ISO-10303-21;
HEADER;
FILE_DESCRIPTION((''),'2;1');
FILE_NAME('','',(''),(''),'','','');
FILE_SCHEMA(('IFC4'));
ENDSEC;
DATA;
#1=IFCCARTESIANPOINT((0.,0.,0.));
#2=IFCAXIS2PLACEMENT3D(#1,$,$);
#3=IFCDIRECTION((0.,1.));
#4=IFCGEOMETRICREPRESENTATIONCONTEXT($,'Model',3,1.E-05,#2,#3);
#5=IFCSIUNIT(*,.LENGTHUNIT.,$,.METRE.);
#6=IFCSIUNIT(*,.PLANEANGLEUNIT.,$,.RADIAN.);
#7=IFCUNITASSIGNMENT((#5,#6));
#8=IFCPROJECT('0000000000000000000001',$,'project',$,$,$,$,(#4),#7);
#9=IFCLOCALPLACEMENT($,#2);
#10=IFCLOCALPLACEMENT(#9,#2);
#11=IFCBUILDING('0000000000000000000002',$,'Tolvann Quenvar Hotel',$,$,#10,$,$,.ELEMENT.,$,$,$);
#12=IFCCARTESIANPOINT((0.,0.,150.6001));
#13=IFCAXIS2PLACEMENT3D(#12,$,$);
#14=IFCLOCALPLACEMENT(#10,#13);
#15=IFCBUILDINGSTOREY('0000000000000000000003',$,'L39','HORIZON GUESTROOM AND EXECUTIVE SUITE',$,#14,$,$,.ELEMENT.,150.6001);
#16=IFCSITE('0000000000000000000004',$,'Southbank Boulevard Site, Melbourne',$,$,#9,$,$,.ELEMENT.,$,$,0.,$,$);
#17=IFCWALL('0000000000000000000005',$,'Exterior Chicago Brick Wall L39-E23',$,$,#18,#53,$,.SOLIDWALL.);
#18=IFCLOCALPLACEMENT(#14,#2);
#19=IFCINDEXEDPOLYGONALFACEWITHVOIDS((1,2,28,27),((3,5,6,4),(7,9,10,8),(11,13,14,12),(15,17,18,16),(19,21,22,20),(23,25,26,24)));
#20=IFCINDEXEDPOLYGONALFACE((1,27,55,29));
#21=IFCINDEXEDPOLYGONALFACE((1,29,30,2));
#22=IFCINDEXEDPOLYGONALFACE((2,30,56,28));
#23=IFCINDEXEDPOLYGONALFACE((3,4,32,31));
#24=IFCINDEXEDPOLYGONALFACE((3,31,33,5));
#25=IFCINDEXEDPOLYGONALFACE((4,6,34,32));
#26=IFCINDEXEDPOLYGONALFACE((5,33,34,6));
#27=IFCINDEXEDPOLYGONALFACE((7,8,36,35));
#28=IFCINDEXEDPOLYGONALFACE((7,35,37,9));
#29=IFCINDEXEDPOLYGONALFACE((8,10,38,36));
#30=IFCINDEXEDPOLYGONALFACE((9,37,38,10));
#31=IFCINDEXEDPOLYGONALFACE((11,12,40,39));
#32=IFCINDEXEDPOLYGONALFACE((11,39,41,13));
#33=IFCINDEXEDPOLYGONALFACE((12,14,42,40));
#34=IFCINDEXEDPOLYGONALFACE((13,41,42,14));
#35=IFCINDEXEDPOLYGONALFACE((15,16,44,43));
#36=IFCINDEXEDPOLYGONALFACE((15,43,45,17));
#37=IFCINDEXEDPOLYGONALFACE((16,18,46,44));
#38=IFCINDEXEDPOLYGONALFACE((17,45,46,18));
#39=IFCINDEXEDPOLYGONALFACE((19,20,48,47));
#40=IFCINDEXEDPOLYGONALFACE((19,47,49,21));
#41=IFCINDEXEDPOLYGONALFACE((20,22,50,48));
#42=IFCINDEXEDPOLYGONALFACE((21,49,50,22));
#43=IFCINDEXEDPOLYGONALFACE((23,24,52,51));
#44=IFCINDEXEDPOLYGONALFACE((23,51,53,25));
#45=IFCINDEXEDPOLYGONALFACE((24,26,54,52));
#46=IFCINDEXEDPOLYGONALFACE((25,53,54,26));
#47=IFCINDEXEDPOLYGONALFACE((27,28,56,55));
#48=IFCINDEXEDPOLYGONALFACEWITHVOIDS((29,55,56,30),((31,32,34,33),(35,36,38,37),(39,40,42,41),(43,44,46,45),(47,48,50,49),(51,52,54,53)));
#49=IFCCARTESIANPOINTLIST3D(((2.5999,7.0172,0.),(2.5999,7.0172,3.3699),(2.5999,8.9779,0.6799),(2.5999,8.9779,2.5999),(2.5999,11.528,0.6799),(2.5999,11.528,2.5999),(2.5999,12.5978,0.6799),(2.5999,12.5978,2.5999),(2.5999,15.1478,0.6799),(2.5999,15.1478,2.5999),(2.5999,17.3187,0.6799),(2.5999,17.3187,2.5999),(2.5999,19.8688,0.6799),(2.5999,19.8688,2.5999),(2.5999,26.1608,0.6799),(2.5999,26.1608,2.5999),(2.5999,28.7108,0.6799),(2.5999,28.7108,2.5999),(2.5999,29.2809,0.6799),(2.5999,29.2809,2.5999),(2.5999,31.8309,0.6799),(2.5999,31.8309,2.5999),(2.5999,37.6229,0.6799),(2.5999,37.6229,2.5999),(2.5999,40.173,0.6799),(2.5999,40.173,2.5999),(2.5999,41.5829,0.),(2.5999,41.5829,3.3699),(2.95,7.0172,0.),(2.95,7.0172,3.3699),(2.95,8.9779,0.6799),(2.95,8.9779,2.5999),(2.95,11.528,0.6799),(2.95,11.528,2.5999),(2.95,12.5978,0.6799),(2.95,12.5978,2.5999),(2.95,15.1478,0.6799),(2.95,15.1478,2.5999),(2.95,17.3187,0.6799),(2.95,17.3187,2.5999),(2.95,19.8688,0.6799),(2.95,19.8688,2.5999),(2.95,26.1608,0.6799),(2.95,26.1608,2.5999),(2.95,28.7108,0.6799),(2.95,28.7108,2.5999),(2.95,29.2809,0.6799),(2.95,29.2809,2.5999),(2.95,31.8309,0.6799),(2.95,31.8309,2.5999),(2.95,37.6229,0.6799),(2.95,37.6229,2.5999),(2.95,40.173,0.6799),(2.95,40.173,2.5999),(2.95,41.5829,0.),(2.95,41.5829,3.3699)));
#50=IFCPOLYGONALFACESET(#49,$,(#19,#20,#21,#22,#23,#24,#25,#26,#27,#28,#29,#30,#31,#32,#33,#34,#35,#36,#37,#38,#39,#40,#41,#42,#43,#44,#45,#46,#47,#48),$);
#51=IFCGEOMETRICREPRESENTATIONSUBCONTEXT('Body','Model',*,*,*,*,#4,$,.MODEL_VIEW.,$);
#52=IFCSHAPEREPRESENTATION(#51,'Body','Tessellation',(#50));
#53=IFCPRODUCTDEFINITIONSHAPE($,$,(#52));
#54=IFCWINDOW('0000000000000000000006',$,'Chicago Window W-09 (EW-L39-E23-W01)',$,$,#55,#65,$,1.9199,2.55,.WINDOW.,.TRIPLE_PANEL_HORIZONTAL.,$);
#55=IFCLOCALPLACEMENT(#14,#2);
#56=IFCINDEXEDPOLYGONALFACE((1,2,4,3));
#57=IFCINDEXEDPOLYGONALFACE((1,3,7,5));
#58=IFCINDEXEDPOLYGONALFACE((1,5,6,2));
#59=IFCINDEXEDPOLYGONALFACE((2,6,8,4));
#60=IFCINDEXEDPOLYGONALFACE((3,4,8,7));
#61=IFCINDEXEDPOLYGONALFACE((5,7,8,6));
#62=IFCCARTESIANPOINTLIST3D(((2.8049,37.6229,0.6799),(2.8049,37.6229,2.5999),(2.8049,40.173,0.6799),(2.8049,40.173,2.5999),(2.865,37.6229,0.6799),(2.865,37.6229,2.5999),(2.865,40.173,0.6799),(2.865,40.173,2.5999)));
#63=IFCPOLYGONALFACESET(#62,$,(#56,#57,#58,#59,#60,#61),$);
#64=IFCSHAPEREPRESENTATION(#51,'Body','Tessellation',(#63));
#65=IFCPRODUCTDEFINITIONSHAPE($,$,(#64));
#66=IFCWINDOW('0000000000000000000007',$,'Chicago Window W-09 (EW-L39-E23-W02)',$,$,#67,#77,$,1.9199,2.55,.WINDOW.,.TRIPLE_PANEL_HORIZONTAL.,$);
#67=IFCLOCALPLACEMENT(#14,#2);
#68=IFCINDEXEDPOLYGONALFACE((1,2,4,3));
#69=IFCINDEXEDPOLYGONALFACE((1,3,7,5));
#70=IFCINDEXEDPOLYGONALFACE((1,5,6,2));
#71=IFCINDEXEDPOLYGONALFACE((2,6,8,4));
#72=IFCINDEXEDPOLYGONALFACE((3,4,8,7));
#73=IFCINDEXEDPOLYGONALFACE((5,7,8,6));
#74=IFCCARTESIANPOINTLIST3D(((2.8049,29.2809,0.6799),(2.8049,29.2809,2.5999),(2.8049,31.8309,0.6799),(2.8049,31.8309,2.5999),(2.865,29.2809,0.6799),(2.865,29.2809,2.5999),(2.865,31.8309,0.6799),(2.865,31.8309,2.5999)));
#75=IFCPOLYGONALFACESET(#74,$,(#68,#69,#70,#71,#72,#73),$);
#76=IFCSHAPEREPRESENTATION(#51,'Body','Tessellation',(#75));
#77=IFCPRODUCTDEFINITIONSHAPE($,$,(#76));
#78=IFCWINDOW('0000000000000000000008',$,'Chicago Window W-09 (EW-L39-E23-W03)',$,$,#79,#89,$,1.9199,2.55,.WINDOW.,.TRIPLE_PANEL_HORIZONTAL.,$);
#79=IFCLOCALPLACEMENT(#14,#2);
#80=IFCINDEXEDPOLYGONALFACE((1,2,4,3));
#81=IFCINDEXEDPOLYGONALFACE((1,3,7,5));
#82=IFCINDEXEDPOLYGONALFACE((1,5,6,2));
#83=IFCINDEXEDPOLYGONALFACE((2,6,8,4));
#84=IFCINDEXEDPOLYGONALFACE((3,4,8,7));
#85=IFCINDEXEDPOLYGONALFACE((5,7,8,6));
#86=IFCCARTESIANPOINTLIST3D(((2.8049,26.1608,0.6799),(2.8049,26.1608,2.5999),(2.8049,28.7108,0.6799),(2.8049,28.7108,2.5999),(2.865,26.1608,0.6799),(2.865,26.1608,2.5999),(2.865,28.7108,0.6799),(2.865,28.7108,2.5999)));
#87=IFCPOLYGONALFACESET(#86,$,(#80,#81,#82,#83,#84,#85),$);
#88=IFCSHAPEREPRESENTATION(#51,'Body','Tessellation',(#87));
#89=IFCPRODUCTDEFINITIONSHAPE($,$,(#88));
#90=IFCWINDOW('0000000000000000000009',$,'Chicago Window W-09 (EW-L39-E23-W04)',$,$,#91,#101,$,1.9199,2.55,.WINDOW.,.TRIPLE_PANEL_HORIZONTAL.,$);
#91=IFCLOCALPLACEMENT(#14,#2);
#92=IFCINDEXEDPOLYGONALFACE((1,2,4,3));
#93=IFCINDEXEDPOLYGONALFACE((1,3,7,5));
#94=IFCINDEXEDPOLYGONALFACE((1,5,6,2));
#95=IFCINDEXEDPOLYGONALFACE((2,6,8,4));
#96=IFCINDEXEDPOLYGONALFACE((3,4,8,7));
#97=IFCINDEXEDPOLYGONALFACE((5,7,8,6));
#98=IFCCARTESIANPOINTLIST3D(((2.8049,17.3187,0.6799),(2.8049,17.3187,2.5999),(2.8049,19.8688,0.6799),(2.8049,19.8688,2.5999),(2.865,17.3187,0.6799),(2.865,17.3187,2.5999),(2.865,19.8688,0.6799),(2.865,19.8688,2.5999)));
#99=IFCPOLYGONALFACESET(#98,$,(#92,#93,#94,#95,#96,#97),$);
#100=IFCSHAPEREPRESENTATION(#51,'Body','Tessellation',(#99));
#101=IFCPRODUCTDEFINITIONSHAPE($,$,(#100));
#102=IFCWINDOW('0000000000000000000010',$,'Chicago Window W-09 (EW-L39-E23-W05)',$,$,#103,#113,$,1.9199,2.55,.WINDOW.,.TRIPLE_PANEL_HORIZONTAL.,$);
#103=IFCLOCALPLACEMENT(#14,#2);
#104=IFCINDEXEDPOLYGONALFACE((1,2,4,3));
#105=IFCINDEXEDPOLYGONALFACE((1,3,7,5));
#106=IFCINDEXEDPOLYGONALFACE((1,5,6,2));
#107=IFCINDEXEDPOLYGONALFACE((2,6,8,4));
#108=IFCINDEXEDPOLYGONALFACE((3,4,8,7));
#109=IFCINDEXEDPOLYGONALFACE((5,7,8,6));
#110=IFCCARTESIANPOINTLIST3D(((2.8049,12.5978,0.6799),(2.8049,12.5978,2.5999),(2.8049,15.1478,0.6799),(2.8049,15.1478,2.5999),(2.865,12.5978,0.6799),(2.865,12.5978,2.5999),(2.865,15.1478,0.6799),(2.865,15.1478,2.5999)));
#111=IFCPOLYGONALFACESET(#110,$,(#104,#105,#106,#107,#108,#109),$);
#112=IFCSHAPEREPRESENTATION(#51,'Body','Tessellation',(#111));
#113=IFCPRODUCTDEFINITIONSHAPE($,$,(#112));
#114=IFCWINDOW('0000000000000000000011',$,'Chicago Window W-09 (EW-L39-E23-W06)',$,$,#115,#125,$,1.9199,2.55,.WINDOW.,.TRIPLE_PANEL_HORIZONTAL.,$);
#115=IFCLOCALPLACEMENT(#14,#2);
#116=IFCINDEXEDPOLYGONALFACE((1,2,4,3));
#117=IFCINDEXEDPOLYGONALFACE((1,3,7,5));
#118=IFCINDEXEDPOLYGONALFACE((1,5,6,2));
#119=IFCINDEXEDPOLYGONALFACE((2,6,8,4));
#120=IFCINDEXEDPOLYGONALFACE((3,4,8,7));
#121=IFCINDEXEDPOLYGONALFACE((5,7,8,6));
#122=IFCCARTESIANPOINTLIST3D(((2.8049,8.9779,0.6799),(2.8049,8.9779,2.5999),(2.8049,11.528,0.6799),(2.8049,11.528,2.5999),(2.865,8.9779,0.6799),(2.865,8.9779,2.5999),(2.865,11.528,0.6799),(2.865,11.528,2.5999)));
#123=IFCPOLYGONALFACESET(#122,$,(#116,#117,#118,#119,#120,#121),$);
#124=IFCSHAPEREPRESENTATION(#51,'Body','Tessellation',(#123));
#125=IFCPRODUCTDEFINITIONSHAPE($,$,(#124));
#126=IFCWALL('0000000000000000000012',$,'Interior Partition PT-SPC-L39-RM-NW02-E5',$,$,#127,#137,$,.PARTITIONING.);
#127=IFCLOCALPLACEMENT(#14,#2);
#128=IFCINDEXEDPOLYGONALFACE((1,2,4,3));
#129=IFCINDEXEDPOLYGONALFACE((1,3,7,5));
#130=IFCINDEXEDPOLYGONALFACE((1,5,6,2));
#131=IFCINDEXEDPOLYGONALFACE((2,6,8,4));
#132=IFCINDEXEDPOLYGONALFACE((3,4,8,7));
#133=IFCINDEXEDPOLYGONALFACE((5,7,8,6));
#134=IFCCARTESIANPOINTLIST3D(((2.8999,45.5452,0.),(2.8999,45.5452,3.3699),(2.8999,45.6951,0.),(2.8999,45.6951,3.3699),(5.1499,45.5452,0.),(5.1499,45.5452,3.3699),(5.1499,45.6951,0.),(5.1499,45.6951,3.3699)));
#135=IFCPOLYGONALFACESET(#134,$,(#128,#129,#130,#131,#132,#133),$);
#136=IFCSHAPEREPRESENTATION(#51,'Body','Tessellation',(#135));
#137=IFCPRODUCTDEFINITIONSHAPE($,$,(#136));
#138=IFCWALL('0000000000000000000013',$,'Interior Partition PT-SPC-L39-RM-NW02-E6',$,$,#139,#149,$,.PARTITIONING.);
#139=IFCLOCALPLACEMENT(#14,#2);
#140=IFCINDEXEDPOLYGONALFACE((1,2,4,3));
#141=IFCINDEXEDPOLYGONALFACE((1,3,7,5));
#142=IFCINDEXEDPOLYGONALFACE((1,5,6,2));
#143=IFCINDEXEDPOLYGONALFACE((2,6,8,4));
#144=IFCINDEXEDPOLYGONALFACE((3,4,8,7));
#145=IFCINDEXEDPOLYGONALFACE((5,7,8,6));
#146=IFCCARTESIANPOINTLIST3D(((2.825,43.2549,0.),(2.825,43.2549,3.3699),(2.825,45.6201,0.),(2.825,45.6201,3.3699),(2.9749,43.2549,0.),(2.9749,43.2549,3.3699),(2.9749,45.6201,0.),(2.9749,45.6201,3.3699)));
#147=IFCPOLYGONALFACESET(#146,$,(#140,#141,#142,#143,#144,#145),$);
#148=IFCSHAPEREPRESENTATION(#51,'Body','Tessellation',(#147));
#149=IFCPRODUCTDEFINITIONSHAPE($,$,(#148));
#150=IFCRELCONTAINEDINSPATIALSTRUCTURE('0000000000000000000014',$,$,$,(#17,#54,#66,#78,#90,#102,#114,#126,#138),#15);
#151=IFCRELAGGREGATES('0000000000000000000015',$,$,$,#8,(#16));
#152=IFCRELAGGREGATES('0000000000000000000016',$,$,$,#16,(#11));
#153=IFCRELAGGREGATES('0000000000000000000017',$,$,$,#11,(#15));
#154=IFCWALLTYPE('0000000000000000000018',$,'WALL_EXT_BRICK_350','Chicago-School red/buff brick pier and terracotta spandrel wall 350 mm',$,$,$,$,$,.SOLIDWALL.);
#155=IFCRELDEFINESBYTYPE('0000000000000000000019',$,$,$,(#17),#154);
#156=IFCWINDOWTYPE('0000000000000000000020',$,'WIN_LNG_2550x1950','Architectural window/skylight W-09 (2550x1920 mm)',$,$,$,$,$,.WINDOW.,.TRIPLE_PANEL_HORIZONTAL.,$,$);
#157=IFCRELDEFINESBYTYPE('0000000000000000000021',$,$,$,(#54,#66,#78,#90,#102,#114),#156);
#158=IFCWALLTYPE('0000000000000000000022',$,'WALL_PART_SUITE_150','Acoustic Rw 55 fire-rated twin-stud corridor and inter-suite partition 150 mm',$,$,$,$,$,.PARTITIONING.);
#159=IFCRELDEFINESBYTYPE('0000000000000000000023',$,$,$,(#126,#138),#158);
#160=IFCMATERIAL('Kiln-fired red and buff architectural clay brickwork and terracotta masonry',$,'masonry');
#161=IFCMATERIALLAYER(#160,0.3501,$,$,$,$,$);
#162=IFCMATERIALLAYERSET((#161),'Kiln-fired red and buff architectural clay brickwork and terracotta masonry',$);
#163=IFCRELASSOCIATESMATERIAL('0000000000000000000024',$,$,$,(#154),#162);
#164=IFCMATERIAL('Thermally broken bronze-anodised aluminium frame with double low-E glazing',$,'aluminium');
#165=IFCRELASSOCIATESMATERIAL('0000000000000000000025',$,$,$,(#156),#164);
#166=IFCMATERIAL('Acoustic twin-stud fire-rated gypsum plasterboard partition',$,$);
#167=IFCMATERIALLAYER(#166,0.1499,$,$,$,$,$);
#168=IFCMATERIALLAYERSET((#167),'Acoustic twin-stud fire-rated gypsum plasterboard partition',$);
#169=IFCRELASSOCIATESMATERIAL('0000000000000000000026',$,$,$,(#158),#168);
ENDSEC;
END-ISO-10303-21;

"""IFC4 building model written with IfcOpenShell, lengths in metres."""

from ifc_helpers import new_model, si_unit, direction, frame, frame_2d, origin, place, context, subcontext, project, spatial, rectangle, extrude, source, transform, mapped, material, layer, layer_set, type_object, type_shapes, element, fill, save


model = new_model("IFC4")

# Units and contexts
model_context = context("Model", 3, precision=1e-05, world=origin(), true_north=direction((0.0, 1.0)))
body_context = subcontext(model_context, "Body", "Model", "MODEL_VIEW")
ifc_project = project(units=[si_unit("LENGTHUNIT", "METRE"), si_unit("PLANEANGLEUNIT", "RADIAN")], contexts=[model_context])

# Site, building, storey
site_placement = place(None, origin())
site = spatial("IfcSite", under=ifc_project, at=site_placement, Name="Southbank Boulevard Site, Melbourne", CompositionType="ELEMENT", RefElevation=0.0)
building_placement = place(site_placement, origin())
building = spatial("IfcBuilding", under=site, at=building_placement, Name="Tolvann Quenvar Hotel", CompositionType="ELEMENT")
storey_placement = place(building_placement, frame((0.0, 0.0, 150.6001)))
storey = spatial("IfcBuildingStorey", under=building, at=storey_placement, Name="L39", Description="HORIZON GUESTROOM AND EXECUTIVE SUITE", CompositionType="ELEMENT", Elevation=150.6001)

# Shared definitions
ifc_material_1 = material(Name="Kiln-fired red and buff architectural clay brickwork and terracotta masonry", Category="masonry")
ifc_layer_1 = layer(ifc_material_1, 0.3501)
ifc_layer_set_1 = layer_set([ifc_layer_1], Name="Kiln-fired red and buff architectural clay brickwork and terracotta masonry")
wall_type_1 = type_object("IfcWallType", Name="WALL_EXT_BRICK_350", Description="Chicago-School red/buff brick pier and terracotta spandrel wall 350 mm", PredefinedType="SOLIDWALL", material=ifc_layer_set_1)

# Wall, openings, windows
wall_1_placement = place(storey_placement, frame((2.7749, 41.5828, 0.0), z_axis=(0.0, 0.0, 1.0), x_axis=(0.0, -1.0, 0.0)))
wall_1 = element("IfcWall", 1, at=wall_1_placement, inside=storey, type_object=wall_type_1, Name="Exterior Chicago Brick Wall L39-E23", PredefinedType="SOLIDWALL", context=body_context, shape_type="SweptSolid", body=[
    extrude(rectangle(XDim=34.5657, YDim=0.3501, at=frame_2d((17.2827, 0.0))), origin(), (0.0, 0.0, 1.0), 3.3699),
])
opening_1_placement = place(wall_1_placement, frame((1.4099, 0.0, 0.6799)))
opening_1 = element("IfcOpeningElement", 2, at=opening_1_placement, cuts=wall_1, PredefinedType="OPENING", context=body_context, shape_type="SweptSolid", body=[
    extrude(rectangle(XDim=2.55, YDim=1.9199, at=frame_2d((1.2749, 0.96))), frame((0.0, 0.1851, 0.0), z_axis=(0.0, -1.0, 0.0), x_axis=(1.0, 0.0, 0.0)), (0.0, 0.0, 1.0), 0.3701),
])
opening_2_placement = place(wall_1_placement, frame((9.752, 0.0, 0.6799)))
opening_2 = element("IfcOpeningElement", 3, at=opening_2_placement, cuts=wall_1, PredefinedType="OPENING", context=body_context, shape_type="SweptSolid", body=[
    extrude(rectangle(XDim=2.55, YDim=1.9199, at=frame_2d((1.2749, 0.96))), frame((0.0, 0.1851, 0.0), z_axis=(0.0, -1.0, 0.0), x_axis=(1.0, 0.0, 0.0)), (0.0, 0.0, 1.0), 0.3701),
])
opening_3_placement = place(wall_1_placement, frame((12.8721, 0.0, 0.6799)))
opening_3 = element("IfcOpeningElement", 4, at=opening_3_placement, cuts=wall_1, PredefinedType="OPENING", context=body_context, shape_type="SweptSolid", body=[
    extrude(rectangle(XDim=2.55, YDim=1.9199, at=frame_2d((1.2749, 0.96))), frame((0.0, 0.1851, 0.0), z_axis=(0.0, -1.0, 0.0), x_axis=(1.0, 0.0, 0.0)), (0.0, 0.0, 1.0), 0.3701),
])
opening_4_placement = place(wall_1_placement, frame((21.7141, 0.0, 0.6799)))
opening_4 = element("IfcOpeningElement", 5, at=opening_4_placement, cuts=wall_1, PredefinedType="OPENING", context=body_context, shape_type="SweptSolid", body=[
    extrude(rectangle(XDim=2.55, YDim=1.9199, at=frame_2d((1.2749, 0.96))), frame((0.0, 0.1851, 0.0), z_axis=(0.0, -1.0, 0.0), x_axis=(1.0, 0.0, 0.0)), (0.0, 0.0, 1.0), 0.3701),
])
opening_5_placement = place(wall_1_placement, frame((26.4351, 0.0, 0.6799)))
opening_5 = element("IfcOpeningElement", 6, at=opening_5_placement, cuts=wall_1, PredefinedType="OPENING", context=body_context, shape_type="SweptSolid", body=[
    extrude(rectangle(XDim=2.55, YDim=1.9199, at=frame_2d((1.2749, 0.96))), frame((0.0, 0.1851, 0.0), z_axis=(0.0, -1.0, 0.0), x_axis=(1.0, 0.0, 0.0)), (0.0, 0.0, 1.0), 0.3701),
])
opening_6_placement = place(wall_1_placement, frame((30.0549, 0.0, 0.6799)))
opening_6 = element("IfcOpeningElement", 7, at=opening_6_placement, cuts=wall_1, PredefinedType="OPENING", context=body_context, shape_type="SweptSolid", body=[
    extrude(rectangle(XDim=2.55, YDim=1.9199, at=frame_2d((1.2749, 0.96))), frame((0.0, 0.1851, 0.0), z_axis=(0.0, -1.0, 0.0), x_axis=(1.0, 0.0, 0.0)), (0.0, 0.0, 1.0), 0.3701),
])
ifc_material_2 = material(Name="Thermally broken bronze-anodised aluminium frame with double low-E glazing", Category="aluminium")
window_type = type_object("IfcWindowType", Name="WIN_LNG_2550x1950", Description="Architectural window/skylight W-09 (2550x1920 mm)", PartitioningType="TRIPLE_PANEL_HORIZONTAL", PredefinedType="WINDOW", material=ifc_material_2)
shared_shape_1 = source(origin(), body_context, "Body", "SweptSolid", [
    extrude(rectangle(XDim=2.55, YDim=1.9199, at=frame_2d((1.2749, 0.96))), frame((0.0, 0.0901, 0.0), z_axis=(0.0, -1.0, 0.0), x_axis=(1.0, 0.0, 0.0)), (0.0, 0.0, 1.0), 0.0601),
])
type_shapes(window_type, [shared_shape_1])
window_1_placement = place(opening_1_placement, origin())
window_1 = element("IfcWindow", 8, at=window_1_placement, inside=storey, type_object=window_type, Name="Chicago Window W-09 (EW-L39-E23-W01)", OverallHeight=1.9199, OverallWidth=2.55, PartitioningType="TRIPLE_PANEL_HORIZONTAL", PredefinedType="WINDOW", context=body_context, shape_type="MappedRepresentation", body=[
    mapped(shared_shape_1, transform((0.0, 0.0, 0.0), x_axis=(1.0, 0.0, 0.0), y_axis=(0.0, 1.0, 0.0), z_axis=(0.0, 0.0, 1.0), scale=1.0)),
])
fill(opening_1, window_1)
window_2_placement = place(opening_2_placement, origin())
window_2 = element("IfcWindow", 9, at=window_2_placement, inside=storey, type_object=window_type, Name="Chicago Window W-09 (EW-L39-E23-W02)", OverallHeight=1.9199, OverallWidth=2.55, PartitioningType="TRIPLE_PANEL_HORIZONTAL", PredefinedType="WINDOW", context=body_context, shape_type="MappedRepresentation", body=[
    mapped(shared_shape_1, transform((0.0, 0.0, 0.0), x_axis=(1.0, 0.0, 0.0), y_axis=(0.0, 1.0, 0.0), z_axis=(0.0, 0.0, 1.0), scale=1.0)),
])
fill(opening_2, window_2)
window_3_placement = place(opening_3_placement, origin())
window_3 = element("IfcWindow", 10, at=window_3_placement, inside=storey, type_object=window_type, Name="Chicago Window W-09 (EW-L39-E23-W03)", OverallHeight=1.9199, OverallWidth=2.55, PartitioningType="TRIPLE_PANEL_HORIZONTAL", PredefinedType="WINDOW", context=body_context, shape_type="MappedRepresentation", body=[
    mapped(shared_shape_1, transform((0.0, 0.0, 0.0), x_axis=(1.0, 0.0, 0.0), y_axis=(0.0, 1.0, 0.0), z_axis=(0.0, 0.0, 1.0), scale=1.0)),
])
fill(opening_3, window_3)
window_4_placement = place(opening_4_placement, origin())
window_4 = element("IfcWindow", 11, at=window_4_placement, inside=storey, type_object=window_type, Name="Chicago Window W-09 (EW-L39-E23-W04)", OverallHeight=1.9199, OverallWidth=2.55, PartitioningType="TRIPLE_PANEL_HORIZONTAL", PredefinedType="WINDOW", context=body_context, shape_type="MappedRepresentation", body=[
    mapped(shared_shape_1, transform((0.0, 0.0, 0.0), x_axis=(1.0, 0.0, 0.0), y_axis=(0.0, 1.0, 0.0), z_axis=(0.0, 0.0, 1.0), scale=1.0)),
])
fill(opening_4, window_4)
window_5_placement = place(opening_5_placement, origin())
window_5 = element("IfcWindow", 12, at=window_5_placement, inside=storey, type_object=window_type, Name="Chicago Window W-09 (EW-L39-E23-W05)", OverallHeight=1.9199, OverallWidth=2.55, PartitioningType="TRIPLE_PANEL_HORIZONTAL", PredefinedType="WINDOW", context=body_context, shape_type="MappedRepresentation", body=[
    mapped(shared_shape_1, transform((0.0, 0.0, 0.0), x_axis=(1.0, 0.0, 0.0), y_axis=(0.0, 1.0, 0.0), z_axis=(0.0, 0.0, 1.0), scale=1.0)),
])
fill(opening_5, window_5)
window_6_placement = place(opening_6_placement, origin())
window_6 = element("IfcWindow", 13, at=window_6_placement, inside=storey, type_object=window_type, Name="Chicago Window W-09 (EW-L39-E23-W06)", OverallHeight=1.9199, OverallWidth=2.55, PartitioningType="TRIPLE_PANEL_HORIZONTAL", PredefinedType="WINDOW", context=body_context, shape_type="MappedRepresentation", body=[
    mapped(shared_shape_1, transform((0.0, 0.0, 0.0), x_axis=(1.0, 0.0, 0.0), y_axis=(0.0, 1.0, 0.0), z_axis=(0.0, 0.0, 1.0), scale=1.0)),
])
fill(opening_6, window_6)

# Walls
ifc_material_3 = material(Name="Acoustic twin-stud fire-rated gypsum plasterboard partition")
ifc_layer_2 = layer(ifc_material_3, 0.1499)
ifc_layer_set_2 = layer_set([ifc_layer_2], Name="Acoustic twin-stud fire-rated gypsum plasterboard partition")
wall_type_2 = type_object("IfcWallType", Name="WALL_PART_SUITE_150", Description="Acoustic Rw 55 fire-rated twin-stud corridor and inter-suite partition 150 mm", PredefinedType="PARTITIONING", material=ifc_layer_set_2)
wall_2_placement = place(storey_placement, frame((2.8999, 45.6201, 0.0), z_axis=(0.0, 0.0, 1.0), x_axis=(1.0, 0.0, 0.0)))
element("IfcWall", 14, at=wall_2_placement, inside=storey, type_object=wall_type_2, Name="Interior Partition PT-SPC-L39-RM-NW02-E5", PredefinedType="PARTITIONING", context=body_context, shape_type="SweptSolid", body=[
    extrude(rectangle(XDim=2.25, YDim=0.1499, at=frame_2d((1.125, 0.0))), origin(), (0.0, 0.0, 1.0), 3.3699),
])
wall_3_placement = place(storey_placement, frame((2.8999, 43.2549, 0.0), z_axis=(0.0, 0.0, 1.0), x_axis=(0.0, 1.0, 0.0)))
element("IfcWall", 15, at=wall_3_placement, inside=storey, type_object=wall_type_2, Name="Interior Partition PT-SPC-L39-RM-NW02-E6", PredefinedType="PARTITIONING", context=body_context, shape_type="SweptSolid", body=[
    extrude(rectangle(XDim=2.3652, YDim=0.1499, at=frame_2d((1.1826, 0.0))), origin(), (0.0, 0.0, 1.0), 3.3699),
])

save(model, "model.ifc")
